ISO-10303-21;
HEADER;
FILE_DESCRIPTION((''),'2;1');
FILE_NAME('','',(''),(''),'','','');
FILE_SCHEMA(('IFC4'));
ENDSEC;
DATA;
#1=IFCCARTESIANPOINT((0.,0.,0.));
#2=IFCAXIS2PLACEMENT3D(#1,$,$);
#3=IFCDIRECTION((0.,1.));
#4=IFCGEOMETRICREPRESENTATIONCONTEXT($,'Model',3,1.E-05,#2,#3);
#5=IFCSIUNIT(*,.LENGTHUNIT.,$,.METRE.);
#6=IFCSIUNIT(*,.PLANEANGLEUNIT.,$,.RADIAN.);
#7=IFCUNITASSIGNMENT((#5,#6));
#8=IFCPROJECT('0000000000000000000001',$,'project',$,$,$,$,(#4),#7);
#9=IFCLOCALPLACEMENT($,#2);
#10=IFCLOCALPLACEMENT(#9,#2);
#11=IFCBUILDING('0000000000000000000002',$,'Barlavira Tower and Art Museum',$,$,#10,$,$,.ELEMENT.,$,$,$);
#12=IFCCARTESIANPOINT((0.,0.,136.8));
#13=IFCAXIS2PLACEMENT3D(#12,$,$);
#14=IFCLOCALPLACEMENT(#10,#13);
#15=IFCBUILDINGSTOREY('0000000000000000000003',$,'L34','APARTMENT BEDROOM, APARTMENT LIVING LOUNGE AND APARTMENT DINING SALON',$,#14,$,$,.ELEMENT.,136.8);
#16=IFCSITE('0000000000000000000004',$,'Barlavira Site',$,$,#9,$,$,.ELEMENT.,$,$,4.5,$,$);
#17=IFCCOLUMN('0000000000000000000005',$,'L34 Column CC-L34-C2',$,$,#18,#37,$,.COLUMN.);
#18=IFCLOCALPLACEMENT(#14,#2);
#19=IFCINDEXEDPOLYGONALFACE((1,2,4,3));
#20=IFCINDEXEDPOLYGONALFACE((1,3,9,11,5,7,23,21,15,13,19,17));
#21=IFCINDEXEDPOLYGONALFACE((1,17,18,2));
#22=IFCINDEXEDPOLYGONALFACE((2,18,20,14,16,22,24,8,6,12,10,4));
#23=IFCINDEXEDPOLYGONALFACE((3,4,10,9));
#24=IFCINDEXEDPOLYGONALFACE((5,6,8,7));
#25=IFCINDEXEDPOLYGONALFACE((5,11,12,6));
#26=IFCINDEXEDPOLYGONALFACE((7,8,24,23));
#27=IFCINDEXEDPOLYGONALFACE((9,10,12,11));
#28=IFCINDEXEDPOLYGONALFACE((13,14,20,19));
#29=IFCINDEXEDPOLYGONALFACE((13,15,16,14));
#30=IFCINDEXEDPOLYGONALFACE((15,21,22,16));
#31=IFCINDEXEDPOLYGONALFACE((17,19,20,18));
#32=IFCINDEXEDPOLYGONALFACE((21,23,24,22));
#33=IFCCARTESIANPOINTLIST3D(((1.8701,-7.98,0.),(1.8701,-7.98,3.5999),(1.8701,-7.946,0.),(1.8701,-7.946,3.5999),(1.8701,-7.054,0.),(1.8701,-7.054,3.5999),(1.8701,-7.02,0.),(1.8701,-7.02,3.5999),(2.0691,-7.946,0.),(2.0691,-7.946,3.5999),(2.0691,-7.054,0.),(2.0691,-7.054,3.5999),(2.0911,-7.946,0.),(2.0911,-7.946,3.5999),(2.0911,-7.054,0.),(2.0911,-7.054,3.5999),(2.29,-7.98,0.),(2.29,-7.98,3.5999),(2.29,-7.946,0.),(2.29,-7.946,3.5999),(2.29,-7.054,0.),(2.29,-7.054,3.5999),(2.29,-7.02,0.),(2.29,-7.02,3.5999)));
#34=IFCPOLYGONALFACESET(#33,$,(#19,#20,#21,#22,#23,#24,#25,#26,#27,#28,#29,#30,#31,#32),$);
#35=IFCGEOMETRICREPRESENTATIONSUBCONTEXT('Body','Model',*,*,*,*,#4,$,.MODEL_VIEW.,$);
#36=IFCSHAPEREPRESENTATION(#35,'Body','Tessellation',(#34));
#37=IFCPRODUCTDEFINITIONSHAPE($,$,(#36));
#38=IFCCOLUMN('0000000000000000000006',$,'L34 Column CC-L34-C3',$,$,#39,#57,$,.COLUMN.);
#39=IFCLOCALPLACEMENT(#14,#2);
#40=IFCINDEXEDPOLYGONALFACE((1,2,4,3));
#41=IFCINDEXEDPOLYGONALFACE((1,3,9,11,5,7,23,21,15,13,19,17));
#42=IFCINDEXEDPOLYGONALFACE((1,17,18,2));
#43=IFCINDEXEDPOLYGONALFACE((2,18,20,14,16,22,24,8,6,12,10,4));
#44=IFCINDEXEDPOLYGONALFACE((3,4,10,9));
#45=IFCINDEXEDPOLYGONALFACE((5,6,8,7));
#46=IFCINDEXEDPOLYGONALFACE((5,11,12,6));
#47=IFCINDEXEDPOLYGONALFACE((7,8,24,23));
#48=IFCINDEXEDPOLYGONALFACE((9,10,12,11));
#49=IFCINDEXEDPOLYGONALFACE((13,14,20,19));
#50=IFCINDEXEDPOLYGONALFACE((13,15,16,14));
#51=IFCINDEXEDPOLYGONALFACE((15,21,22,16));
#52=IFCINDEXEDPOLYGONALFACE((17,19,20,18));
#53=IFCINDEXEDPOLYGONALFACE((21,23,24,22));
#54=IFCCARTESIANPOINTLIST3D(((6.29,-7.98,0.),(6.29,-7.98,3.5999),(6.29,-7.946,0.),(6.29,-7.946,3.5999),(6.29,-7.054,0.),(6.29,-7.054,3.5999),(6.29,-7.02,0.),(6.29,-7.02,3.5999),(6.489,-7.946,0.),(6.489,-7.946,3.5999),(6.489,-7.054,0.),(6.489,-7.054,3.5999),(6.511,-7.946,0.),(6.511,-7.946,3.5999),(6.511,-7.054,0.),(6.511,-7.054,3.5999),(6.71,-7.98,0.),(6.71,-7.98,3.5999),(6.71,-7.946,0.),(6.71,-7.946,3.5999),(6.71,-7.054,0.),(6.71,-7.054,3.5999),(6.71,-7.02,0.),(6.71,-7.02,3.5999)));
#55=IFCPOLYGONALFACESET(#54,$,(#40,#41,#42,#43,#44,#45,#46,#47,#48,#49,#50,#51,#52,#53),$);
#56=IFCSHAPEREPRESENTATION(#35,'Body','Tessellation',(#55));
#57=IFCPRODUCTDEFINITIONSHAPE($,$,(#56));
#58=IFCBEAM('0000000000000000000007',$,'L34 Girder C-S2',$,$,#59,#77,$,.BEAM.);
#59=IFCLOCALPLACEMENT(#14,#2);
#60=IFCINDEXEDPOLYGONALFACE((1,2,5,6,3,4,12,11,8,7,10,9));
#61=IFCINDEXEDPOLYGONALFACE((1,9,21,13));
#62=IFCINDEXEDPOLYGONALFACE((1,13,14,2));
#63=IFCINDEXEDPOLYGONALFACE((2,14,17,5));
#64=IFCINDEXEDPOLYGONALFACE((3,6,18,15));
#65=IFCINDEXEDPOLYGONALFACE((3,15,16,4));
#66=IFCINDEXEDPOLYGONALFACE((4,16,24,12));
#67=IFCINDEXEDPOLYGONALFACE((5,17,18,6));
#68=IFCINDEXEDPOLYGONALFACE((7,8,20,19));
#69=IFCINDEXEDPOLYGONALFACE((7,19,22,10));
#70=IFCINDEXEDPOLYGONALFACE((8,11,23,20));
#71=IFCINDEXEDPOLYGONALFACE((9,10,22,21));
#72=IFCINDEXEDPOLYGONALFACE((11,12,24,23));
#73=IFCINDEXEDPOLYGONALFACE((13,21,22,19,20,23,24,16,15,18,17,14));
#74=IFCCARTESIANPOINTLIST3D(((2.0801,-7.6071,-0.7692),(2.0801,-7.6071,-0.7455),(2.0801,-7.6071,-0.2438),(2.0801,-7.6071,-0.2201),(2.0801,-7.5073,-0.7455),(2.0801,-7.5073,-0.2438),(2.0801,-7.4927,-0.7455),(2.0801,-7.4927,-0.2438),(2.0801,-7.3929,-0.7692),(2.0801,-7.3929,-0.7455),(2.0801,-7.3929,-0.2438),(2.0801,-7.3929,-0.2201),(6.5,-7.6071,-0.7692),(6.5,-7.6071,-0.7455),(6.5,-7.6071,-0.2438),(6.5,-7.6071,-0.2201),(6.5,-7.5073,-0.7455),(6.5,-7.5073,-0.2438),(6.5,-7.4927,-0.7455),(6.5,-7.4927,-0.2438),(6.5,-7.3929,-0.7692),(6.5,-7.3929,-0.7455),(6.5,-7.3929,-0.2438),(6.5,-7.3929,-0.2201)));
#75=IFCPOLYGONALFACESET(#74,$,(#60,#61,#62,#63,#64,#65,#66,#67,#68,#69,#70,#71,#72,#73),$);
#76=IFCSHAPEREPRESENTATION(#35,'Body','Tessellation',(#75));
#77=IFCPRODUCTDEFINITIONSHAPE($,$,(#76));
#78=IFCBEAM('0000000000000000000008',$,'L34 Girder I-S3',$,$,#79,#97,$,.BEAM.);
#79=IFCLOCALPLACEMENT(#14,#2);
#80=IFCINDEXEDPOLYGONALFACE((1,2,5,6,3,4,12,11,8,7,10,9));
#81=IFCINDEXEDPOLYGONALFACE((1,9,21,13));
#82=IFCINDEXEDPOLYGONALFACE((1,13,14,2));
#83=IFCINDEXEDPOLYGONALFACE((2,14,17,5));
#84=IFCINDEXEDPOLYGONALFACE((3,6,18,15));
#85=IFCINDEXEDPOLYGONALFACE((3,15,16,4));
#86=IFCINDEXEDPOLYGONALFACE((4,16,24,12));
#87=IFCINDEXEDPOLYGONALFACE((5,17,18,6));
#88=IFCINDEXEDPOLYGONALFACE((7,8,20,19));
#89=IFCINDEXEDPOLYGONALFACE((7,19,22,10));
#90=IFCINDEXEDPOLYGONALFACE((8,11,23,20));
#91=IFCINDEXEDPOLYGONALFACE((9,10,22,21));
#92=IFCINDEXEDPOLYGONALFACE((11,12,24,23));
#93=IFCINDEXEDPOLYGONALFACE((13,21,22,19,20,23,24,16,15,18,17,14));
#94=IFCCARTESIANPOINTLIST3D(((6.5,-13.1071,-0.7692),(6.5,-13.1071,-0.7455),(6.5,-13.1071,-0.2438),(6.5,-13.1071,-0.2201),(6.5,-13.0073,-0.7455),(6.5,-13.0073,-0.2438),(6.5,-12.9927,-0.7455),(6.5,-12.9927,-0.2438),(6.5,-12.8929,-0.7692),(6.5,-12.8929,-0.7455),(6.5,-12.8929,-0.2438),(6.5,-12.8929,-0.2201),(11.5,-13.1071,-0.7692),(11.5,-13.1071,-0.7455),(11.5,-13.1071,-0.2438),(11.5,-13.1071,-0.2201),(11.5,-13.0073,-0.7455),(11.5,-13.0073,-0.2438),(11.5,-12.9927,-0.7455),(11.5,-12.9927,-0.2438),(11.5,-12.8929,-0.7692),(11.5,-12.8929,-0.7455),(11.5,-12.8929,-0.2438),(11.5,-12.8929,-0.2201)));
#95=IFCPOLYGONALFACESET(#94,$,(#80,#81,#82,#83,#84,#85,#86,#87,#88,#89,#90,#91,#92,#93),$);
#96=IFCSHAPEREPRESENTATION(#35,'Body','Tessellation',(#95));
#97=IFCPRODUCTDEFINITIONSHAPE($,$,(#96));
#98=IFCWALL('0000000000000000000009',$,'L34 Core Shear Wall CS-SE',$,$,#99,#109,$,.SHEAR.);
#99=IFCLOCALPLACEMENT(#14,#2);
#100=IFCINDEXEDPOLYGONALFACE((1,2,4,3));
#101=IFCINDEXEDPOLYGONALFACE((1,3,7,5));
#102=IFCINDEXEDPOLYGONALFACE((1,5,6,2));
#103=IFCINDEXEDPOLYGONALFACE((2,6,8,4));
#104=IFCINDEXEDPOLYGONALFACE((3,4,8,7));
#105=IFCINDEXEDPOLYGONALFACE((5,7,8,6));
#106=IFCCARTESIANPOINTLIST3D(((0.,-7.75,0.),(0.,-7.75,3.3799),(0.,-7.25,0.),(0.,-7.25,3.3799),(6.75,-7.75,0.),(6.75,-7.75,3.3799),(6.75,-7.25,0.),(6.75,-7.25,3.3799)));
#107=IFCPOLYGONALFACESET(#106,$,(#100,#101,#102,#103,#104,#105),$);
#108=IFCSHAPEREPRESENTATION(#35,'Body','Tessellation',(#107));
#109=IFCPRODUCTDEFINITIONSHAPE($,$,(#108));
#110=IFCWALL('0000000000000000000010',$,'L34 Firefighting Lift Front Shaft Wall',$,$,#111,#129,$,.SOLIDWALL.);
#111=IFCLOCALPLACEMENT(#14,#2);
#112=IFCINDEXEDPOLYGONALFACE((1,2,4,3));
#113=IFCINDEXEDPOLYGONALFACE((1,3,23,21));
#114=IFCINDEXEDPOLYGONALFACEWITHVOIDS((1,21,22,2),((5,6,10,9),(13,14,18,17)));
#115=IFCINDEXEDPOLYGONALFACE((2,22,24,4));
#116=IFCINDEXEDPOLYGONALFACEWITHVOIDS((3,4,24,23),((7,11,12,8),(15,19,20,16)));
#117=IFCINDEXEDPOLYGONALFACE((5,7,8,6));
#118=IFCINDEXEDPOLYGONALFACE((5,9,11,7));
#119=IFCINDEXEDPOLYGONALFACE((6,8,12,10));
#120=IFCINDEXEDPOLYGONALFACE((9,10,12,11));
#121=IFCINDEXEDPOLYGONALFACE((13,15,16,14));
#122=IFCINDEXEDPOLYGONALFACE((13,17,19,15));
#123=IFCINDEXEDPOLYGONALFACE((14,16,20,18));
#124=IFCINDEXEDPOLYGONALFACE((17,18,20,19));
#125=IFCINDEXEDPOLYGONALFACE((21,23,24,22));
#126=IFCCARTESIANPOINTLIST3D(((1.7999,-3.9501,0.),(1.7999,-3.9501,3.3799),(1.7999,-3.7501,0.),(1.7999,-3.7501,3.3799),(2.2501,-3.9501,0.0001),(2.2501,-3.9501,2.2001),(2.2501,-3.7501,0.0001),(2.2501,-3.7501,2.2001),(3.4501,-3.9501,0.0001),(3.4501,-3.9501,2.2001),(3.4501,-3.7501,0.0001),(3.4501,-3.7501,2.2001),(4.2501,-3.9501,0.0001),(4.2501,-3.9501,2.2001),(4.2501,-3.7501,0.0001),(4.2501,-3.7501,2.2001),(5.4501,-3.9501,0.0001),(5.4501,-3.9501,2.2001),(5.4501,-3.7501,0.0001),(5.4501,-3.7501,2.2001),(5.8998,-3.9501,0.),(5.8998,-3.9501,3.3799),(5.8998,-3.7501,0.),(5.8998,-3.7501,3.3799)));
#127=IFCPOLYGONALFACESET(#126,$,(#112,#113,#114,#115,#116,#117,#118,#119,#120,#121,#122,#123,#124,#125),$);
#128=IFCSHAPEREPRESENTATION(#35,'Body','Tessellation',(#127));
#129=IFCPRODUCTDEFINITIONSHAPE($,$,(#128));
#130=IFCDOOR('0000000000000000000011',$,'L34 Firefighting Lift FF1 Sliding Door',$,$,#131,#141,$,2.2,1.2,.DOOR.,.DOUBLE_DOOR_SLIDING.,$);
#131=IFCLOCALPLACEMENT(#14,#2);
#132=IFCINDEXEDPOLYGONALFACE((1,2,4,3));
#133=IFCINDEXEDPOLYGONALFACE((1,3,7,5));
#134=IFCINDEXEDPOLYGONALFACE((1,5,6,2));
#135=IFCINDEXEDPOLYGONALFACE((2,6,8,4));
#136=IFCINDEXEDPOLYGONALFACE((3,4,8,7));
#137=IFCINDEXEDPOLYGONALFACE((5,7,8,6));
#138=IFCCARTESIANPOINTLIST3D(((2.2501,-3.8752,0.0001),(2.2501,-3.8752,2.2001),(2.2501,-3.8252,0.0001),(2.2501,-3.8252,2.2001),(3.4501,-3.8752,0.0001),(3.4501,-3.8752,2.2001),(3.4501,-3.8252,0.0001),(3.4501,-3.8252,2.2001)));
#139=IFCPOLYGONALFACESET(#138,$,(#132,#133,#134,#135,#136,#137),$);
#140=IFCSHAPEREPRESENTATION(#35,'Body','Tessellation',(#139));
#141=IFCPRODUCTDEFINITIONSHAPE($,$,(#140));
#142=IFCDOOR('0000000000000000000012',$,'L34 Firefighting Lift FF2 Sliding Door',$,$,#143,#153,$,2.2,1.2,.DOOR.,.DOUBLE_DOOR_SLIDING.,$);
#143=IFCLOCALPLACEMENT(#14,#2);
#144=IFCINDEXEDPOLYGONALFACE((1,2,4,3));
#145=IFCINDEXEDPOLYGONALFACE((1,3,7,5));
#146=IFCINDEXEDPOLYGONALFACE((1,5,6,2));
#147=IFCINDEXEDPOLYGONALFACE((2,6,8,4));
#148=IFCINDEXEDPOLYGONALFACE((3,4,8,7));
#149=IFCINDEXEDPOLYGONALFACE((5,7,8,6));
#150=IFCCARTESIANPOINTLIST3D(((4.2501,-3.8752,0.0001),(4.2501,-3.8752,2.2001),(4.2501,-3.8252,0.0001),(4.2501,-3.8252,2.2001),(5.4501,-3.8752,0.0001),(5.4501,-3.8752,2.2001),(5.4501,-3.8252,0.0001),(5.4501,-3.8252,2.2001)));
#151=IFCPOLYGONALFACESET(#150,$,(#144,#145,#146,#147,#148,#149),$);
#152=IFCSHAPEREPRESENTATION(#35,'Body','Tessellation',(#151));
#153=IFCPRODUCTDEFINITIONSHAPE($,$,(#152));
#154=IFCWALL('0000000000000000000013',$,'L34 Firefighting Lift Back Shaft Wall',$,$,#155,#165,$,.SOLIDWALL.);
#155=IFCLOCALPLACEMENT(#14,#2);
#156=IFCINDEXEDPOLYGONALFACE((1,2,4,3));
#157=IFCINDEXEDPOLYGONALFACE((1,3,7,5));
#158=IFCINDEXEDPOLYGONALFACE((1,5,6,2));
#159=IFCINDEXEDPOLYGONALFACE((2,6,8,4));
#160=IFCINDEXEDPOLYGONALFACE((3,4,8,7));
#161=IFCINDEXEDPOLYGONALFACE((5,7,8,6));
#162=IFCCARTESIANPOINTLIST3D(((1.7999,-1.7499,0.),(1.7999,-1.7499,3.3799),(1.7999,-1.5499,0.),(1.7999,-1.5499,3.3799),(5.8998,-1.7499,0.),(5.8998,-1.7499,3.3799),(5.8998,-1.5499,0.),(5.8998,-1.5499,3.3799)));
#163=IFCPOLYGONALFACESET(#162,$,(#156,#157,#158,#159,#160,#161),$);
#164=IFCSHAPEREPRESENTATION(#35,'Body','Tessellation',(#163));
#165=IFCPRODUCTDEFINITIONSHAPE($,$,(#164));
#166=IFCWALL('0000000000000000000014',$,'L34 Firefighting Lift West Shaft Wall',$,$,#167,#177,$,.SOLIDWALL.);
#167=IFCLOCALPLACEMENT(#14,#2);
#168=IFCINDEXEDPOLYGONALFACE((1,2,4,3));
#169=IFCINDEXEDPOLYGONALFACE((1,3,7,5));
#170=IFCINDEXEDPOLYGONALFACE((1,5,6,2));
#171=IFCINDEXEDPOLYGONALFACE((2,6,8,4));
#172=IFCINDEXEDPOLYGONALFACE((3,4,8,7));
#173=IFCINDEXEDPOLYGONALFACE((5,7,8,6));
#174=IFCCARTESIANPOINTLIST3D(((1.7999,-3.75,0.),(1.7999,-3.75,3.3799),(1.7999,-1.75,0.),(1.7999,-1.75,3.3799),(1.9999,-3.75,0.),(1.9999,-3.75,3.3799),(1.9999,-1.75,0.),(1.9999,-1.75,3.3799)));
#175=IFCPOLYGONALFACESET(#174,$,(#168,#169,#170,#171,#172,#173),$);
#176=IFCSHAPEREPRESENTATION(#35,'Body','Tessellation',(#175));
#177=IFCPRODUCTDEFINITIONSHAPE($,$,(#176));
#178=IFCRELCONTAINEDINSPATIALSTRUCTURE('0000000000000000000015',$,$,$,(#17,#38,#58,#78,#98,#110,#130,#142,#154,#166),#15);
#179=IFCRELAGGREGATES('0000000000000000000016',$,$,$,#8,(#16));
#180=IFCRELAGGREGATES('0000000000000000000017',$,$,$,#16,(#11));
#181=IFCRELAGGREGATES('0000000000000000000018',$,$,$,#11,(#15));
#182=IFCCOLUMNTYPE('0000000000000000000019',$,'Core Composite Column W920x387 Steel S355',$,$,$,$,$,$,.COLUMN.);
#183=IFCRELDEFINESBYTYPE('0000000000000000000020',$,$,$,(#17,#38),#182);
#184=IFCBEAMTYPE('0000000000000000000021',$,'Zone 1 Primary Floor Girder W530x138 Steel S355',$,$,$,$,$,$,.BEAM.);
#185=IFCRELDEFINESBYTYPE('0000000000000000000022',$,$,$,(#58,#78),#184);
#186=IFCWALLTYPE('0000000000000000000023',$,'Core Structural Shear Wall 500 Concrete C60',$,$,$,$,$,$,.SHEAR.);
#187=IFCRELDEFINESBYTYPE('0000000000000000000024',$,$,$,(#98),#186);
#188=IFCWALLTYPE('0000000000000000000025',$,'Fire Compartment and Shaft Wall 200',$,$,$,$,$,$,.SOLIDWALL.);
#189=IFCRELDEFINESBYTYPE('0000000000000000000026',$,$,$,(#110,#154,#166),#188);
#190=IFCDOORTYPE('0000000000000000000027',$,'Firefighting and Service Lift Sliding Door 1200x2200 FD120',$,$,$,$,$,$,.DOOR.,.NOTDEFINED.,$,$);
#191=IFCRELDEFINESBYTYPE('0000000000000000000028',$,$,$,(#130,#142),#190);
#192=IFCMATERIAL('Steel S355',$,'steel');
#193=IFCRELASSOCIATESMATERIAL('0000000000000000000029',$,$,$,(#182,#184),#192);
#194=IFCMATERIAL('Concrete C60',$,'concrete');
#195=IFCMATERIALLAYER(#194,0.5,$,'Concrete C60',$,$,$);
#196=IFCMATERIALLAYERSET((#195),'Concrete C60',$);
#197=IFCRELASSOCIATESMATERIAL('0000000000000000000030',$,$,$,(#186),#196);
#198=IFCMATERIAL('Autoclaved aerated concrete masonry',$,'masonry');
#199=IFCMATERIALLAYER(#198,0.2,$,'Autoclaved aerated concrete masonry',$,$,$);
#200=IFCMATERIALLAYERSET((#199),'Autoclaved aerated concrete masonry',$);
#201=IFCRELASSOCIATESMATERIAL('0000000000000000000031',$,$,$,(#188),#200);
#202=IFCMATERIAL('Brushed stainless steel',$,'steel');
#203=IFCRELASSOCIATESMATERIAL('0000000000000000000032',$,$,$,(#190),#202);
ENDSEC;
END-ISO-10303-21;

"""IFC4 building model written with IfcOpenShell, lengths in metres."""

from ifc_helpers import new_model, si_unit, direction, frame, frame_2d, origin, origin_2d, place, context, subcontext, project, spatial, rectangle, i_section, extrude, material, layer, layer_set, material_profile, profile_set, type_object, element, fill, save


model = new_model("IFC4")

# Units and contexts
model_context = context("Model", 3, precision=1e-05, world=origin(), true_north=direction((0.0, 1.0)))
body_context = subcontext(model_context, "Body", "Model", "MODEL_VIEW")
ifc_project = project(units=[si_unit("LENGTHUNIT", "METRE"), si_unit("PLANEANGLEUNIT", "RADIAN")], contexts=[model_context])

# Site, building, storey
site_placement = place(None, origin())
site = spatial("IfcSite", under=ifc_project, at=site_placement, Name="Barlavira Site", CompositionType="ELEMENT", RefElevation=4.5)
building_placement = place(site_placement, origin())
building = spatial("IfcBuilding", under=site, at=building_placement, Name="Barlavira Tower and Art Museum", CompositionType="ELEMENT")
storey_placement = place(building_placement, frame((0.0, 0.0, 136.8)))
storey = spatial("IfcBuildingStorey", under=building, at=storey_placement, Name="L34", Description="APARTMENT BEDROOM, APARTMENT LIVING LOUNGE AND APARTMENT DINING SALON", CompositionType="ELEMENT", Elevation=136.8)

# Columns
ifc_material_1 = material(Name="Steel S355", Category="steel")
ifc_material_profile_1 = material_profile(ifc_material_1, i_section(OverallWidth=0.4199, OverallDepth=0.96, WebThickness=0.022, FlangeThickness=0.0339, at=origin_2d()), Name="W920x387.0")
ifc_profile_set_1 = profile_set([ifc_material_profile_1], Name="Steel S355")
column_type = type_object("IfcColumnType", Name="Core Composite Column W920x387 Steel S355", PredefinedType="COLUMN", material=ifc_profile_set_1)
for number, where, z_axis, x_axis, name in (
    (1, (2.0801, -7.5, 0.0), (0.0, 0.0, 1.0), (1.0, 0.0, 0.0), "L34 Column CC-L34-C2"),
    (2, (6.5, -7.5, 0.0), (0.0, 0.0, 1.0), (1.0, 0.0, 0.0), "L34 Column CC-L34-C3"),
):
    element("IfcColumn", number, at=place(storey_placement, frame(where, z_axis=z_axis, x_axis=x_axis)), inside=storey, type_object=column_type, Name=name, PredefinedType="COLUMN", context=body_context, shape_type="SweptSolid", body=[
        extrude(i_section(OverallWidth=0.4199, OverallDepth=0.96, WebThickness=0.022, FlangeThickness=0.0339, at=origin_2d()), origin(), (0.0, 0.0, 1.0), 3.5999),
    ])

# Beams
ifc_material_profile_2 = material_profile(ifc_material_1, i_section(OverallWidth=0.2141, OverallDepth=0.5491, WebThickness=0.0146, FlangeThickness=0.0237, at=origin_2d()), Name="W530x138.0")
ifc_profile_set_2 = profile_set([ifc_material_profile_2], Name="Steel S355")
beam_type = type_object("IfcBeamType", Name="Zone 1 Primary Floor Girder W530x138 Steel S355", PredefinedType="BEAM", material=ifc_profile_set_2)
beam_1_placement = place(storey_placement, frame((2.0801, -7.5, -0.4946), z_axis=(1.0, 0.0, 0.0), x_axis=(0.0, 1.0, 0.0)))
element("IfcBeam", 3, at=beam_1_placement, inside=storey, type_object=beam_type, Name="L34 Girder C-S2", PredefinedType="BEAM", context=body_context, shape_type="SweptSolid", body=[
    extrude(i_section(OverallWidth=0.2141, OverallDepth=0.5491, WebThickness=0.0146, FlangeThickness=0.0237, at=origin_2d()), origin(), (0.0, 0.0, 1.0), 4.4199),
])
beam_2_placement = place(storey_placement, frame((6.5, -13.0, -0.4946), z_axis=(1.0, 0.0, 0.0), x_axis=(0.0, 1.0, 0.0)))
element("IfcBeam", 4, at=beam_2_placement, inside=storey, type_object=beam_type, Name="L34 Girder I-S3", PredefinedType="BEAM", context=body_context, shape_type="SweptSolid", body=[
    extrude(i_section(OverallWidth=0.2141, OverallDepth=0.5491, WebThickness=0.0146, FlangeThickness=0.0237, at=origin_2d()), origin(), (0.0, 0.0, 1.0), 5.0),
])

# Wall
ifc_material_2 = material(Name="Concrete C60", Category="concrete")
ifc_layer_1 = layer(ifc_material_2, 0.5, Name="Concrete C60")
ifc_layer_set_1 = layer_set([ifc_layer_1], Name="Concrete C60")
wall_type_1 = type_object("IfcWallType", Name="Core Structural Shear Wall 500 Concrete C60", PredefinedType="SHEAR", material=ifc_layer_set_1)
wall_1_placement = place(storey_placement, frame((0.0, -7.5, 0.0), z_axis=(0.0, 0.0, 1.0), x_axis=(1.0, 0.0, 0.0)))
element("IfcWall", 5, at=wall_1_placement, inside=storey, type_object=wall_type_1, Name="L34 Core Shear Wall CS-SE", PredefinedType="SHEAR", context=body_context, shape_type="SweptSolid", body=[
    extrude(rectangle(XDim=6.75, YDim=0.5, at=frame_2d((3.375, 0.0))), origin(), (0.0, 0.0, 1.0), 3.3799),
])

# Wall, openings, doors
ifc_material_3 = material(Name="Autoclaved aerated concrete masonry", Category="masonry")
ifc_layer_2 = layer(ifc_material_3, 0.2, Name="Autoclaved aerated concrete masonry")
ifc_layer_set_2 = layer_set([ifc_layer_2], Name="Autoclaved aerated concrete masonry")
wall_type_2 = type_object("IfcWallType", Name="Fire Compartment and Shaft Wall 200", PredefinedType="SOLIDWALL", material=ifc_layer_set_2)
ifc_material_4 = material(Name="Brushed stainless steel", Category="steel")
wall_2_placement = place(storey_placement, frame((1.8, -3.8501, 0.0), z_axis=(0.0, 0.0, 1.0), x_axis=(1.0, 0.0, 0.0)))
wall_2 = element("IfcWall", 6, at=wall_2_placement, inside=storey, type_object=wall_type_2, Name="L34 Firefighting Lift Front Shaft Wall", PredefinedType="SOLIDWALL", context=body_context, shape_type="SweptSolid", body=[
    extrude(rectangle(XDim=4.0999, YDim=0.2, at=frame_2d((2.0498, 0.0))), origin(), (0.0, 0.0, 1.0), 3.3799),
])
opening_1_placement = place(wall_2_placement, frame((0.45, 0.0, 0.0)))
opening_1 = element("IfcOpeningElement", 7, at=opening_1_placement, cuts=wall_2, PredefinedType="OPENING", context=body_context, shape_type="SweptSolid", body=[
    extrude(rectangle(XDim=1.2, YDim=2.2, at=frame_2d((0.6001, 1.1001))), frame((0.0, 0.1099, 0.0), z_axis=(0.0, -1.0, 0.0), x_axis=(1.0, 0.0, 0.0)), (0.0, 0.0, 1.0), 0.22),
])
opening_2_placement = place(wall_2_placement, frame((2.45, 0.0, 0.0)))
opening_2 = element("IfcOpeningElement", 8, at=opening_2_placement, cuts=wall_2, PredefinedType="OPENING", context=body_context, shape_type="SweptSolid", body=[
    extrude(rectangle(XDim=1.2, YDim=2.2, at=frame_2d((0.6001, 1.1001))), frame((0.0, 0.1099, 0.0), z_axis=(0.0, -1.0, 0.0), x_axis=(1.0, 0.0, 0.0)), (0.0, 0.0, 1.0), 0.22),
])
door_type_1 = type_object("IfcDoorType", Name="Firefighting and Service Lift Sliding Door 1200x2200 FD120", OperationType="NOTDEFINED", PredefinedType="DOOR", material=ifc_material_4)
door_1_placement = place(opening_1_placement, origin())
door_1 = element("IfcDoor", 9, at=door_1_placement, inside=storey, type_object=door_type_1, Name="L34 Firefighting Lift FF1 Sliding Door", OperationType="DOUBLE_DOOR_SLIDING", OverallHeight=2.2, OverallWidth=1.2, PredefinedType="DOOR", context=body_context, shape_type="SweptSolid", body=[
    extrude(rectangle(XDim=1.2, YDim=2.2, at=frame_2d((0.6001, 1.1001))), frame((0.0, 0.0249, 0.0), z_axis=(0.0, -1.0, 0.0), x_axis=(1.0, 0.0, 0.0)), (0.0, 0.0, 1.0), 0.05),
])
fill(opening_1, door_1)
door_2_placement = place(opening_2_placement, origin())
door_2 = element("IfcDoor", 10, at=door_2_placement, inside=storey, type_object=door_type_1, Name="L34 Firefighting Lift FF2 Sliding Door", OperationType="DOUBLE_DOOR_SLIDING", OverallHeight=2.2, OverallWidth=1.2, PredefinedType="DOOR", context=body_context, shape_type="SweptSolid", body=[
    extrude(rectangle(XDim=1.2, YDim=2.2, at=frame_2d((0.6001, 1.1001))), frame((0.0, 0.0249, 0.0), z_axis=(0.0, -1.0, 0.0), x_axis=(1.0, 0.0, 0.0)), (0.0, 0.0, 1.0), 0.05),
])
fill(opening_2, door_2)

# Walls
wall_3_placement = place(storey_placement, frame((1.8, -1.6499, 0.0), z_axis=(0.0, 0.0, 1.0), x_axis=(1.0, 0.0, 0.0)))
element("IfcWall", 11, at=wall_3_placement, inside=storey, type_object=wall_type_2, Name="L34 Firefighting Lift Back Shaft Wall", PredefinedType="SOLIDWALL", context=body_context, shape_type="SweptSolid", body=[
    extrude(rectangle(XDim=4.0999, YDim=0.2, at=frame_2d((2.0498, 0.0))), origin(), (0.0, 0.0, 1.0), 3.3799),
])
for number, where, z_axis, x_axis, name in (
    (12, (1.8999, -3.75, 0.0), (0.0, 0.0, 1.0), (0.0, 1.0, 0.0), "L34 Firefighting Lift West Shaft Wall"),
):
    element("IfcWall", number, at=place(storey_placement, frame(where, z_axis=z_axis, x_axis=x_axis)), inside=storey, type_object=wall_type_2, Name=name, PredefinedType="SOLIDWALL", context=body_context, shape_type="SweptSolid", body=[
        extrude(rectangle(XDim=2.0, YDim=0.2, at=frame_2d((1.0, 0.0))), origin(), (0.0, 0.0, 1.0), 3.3799),
    ])

save(model, "model.ifc")
